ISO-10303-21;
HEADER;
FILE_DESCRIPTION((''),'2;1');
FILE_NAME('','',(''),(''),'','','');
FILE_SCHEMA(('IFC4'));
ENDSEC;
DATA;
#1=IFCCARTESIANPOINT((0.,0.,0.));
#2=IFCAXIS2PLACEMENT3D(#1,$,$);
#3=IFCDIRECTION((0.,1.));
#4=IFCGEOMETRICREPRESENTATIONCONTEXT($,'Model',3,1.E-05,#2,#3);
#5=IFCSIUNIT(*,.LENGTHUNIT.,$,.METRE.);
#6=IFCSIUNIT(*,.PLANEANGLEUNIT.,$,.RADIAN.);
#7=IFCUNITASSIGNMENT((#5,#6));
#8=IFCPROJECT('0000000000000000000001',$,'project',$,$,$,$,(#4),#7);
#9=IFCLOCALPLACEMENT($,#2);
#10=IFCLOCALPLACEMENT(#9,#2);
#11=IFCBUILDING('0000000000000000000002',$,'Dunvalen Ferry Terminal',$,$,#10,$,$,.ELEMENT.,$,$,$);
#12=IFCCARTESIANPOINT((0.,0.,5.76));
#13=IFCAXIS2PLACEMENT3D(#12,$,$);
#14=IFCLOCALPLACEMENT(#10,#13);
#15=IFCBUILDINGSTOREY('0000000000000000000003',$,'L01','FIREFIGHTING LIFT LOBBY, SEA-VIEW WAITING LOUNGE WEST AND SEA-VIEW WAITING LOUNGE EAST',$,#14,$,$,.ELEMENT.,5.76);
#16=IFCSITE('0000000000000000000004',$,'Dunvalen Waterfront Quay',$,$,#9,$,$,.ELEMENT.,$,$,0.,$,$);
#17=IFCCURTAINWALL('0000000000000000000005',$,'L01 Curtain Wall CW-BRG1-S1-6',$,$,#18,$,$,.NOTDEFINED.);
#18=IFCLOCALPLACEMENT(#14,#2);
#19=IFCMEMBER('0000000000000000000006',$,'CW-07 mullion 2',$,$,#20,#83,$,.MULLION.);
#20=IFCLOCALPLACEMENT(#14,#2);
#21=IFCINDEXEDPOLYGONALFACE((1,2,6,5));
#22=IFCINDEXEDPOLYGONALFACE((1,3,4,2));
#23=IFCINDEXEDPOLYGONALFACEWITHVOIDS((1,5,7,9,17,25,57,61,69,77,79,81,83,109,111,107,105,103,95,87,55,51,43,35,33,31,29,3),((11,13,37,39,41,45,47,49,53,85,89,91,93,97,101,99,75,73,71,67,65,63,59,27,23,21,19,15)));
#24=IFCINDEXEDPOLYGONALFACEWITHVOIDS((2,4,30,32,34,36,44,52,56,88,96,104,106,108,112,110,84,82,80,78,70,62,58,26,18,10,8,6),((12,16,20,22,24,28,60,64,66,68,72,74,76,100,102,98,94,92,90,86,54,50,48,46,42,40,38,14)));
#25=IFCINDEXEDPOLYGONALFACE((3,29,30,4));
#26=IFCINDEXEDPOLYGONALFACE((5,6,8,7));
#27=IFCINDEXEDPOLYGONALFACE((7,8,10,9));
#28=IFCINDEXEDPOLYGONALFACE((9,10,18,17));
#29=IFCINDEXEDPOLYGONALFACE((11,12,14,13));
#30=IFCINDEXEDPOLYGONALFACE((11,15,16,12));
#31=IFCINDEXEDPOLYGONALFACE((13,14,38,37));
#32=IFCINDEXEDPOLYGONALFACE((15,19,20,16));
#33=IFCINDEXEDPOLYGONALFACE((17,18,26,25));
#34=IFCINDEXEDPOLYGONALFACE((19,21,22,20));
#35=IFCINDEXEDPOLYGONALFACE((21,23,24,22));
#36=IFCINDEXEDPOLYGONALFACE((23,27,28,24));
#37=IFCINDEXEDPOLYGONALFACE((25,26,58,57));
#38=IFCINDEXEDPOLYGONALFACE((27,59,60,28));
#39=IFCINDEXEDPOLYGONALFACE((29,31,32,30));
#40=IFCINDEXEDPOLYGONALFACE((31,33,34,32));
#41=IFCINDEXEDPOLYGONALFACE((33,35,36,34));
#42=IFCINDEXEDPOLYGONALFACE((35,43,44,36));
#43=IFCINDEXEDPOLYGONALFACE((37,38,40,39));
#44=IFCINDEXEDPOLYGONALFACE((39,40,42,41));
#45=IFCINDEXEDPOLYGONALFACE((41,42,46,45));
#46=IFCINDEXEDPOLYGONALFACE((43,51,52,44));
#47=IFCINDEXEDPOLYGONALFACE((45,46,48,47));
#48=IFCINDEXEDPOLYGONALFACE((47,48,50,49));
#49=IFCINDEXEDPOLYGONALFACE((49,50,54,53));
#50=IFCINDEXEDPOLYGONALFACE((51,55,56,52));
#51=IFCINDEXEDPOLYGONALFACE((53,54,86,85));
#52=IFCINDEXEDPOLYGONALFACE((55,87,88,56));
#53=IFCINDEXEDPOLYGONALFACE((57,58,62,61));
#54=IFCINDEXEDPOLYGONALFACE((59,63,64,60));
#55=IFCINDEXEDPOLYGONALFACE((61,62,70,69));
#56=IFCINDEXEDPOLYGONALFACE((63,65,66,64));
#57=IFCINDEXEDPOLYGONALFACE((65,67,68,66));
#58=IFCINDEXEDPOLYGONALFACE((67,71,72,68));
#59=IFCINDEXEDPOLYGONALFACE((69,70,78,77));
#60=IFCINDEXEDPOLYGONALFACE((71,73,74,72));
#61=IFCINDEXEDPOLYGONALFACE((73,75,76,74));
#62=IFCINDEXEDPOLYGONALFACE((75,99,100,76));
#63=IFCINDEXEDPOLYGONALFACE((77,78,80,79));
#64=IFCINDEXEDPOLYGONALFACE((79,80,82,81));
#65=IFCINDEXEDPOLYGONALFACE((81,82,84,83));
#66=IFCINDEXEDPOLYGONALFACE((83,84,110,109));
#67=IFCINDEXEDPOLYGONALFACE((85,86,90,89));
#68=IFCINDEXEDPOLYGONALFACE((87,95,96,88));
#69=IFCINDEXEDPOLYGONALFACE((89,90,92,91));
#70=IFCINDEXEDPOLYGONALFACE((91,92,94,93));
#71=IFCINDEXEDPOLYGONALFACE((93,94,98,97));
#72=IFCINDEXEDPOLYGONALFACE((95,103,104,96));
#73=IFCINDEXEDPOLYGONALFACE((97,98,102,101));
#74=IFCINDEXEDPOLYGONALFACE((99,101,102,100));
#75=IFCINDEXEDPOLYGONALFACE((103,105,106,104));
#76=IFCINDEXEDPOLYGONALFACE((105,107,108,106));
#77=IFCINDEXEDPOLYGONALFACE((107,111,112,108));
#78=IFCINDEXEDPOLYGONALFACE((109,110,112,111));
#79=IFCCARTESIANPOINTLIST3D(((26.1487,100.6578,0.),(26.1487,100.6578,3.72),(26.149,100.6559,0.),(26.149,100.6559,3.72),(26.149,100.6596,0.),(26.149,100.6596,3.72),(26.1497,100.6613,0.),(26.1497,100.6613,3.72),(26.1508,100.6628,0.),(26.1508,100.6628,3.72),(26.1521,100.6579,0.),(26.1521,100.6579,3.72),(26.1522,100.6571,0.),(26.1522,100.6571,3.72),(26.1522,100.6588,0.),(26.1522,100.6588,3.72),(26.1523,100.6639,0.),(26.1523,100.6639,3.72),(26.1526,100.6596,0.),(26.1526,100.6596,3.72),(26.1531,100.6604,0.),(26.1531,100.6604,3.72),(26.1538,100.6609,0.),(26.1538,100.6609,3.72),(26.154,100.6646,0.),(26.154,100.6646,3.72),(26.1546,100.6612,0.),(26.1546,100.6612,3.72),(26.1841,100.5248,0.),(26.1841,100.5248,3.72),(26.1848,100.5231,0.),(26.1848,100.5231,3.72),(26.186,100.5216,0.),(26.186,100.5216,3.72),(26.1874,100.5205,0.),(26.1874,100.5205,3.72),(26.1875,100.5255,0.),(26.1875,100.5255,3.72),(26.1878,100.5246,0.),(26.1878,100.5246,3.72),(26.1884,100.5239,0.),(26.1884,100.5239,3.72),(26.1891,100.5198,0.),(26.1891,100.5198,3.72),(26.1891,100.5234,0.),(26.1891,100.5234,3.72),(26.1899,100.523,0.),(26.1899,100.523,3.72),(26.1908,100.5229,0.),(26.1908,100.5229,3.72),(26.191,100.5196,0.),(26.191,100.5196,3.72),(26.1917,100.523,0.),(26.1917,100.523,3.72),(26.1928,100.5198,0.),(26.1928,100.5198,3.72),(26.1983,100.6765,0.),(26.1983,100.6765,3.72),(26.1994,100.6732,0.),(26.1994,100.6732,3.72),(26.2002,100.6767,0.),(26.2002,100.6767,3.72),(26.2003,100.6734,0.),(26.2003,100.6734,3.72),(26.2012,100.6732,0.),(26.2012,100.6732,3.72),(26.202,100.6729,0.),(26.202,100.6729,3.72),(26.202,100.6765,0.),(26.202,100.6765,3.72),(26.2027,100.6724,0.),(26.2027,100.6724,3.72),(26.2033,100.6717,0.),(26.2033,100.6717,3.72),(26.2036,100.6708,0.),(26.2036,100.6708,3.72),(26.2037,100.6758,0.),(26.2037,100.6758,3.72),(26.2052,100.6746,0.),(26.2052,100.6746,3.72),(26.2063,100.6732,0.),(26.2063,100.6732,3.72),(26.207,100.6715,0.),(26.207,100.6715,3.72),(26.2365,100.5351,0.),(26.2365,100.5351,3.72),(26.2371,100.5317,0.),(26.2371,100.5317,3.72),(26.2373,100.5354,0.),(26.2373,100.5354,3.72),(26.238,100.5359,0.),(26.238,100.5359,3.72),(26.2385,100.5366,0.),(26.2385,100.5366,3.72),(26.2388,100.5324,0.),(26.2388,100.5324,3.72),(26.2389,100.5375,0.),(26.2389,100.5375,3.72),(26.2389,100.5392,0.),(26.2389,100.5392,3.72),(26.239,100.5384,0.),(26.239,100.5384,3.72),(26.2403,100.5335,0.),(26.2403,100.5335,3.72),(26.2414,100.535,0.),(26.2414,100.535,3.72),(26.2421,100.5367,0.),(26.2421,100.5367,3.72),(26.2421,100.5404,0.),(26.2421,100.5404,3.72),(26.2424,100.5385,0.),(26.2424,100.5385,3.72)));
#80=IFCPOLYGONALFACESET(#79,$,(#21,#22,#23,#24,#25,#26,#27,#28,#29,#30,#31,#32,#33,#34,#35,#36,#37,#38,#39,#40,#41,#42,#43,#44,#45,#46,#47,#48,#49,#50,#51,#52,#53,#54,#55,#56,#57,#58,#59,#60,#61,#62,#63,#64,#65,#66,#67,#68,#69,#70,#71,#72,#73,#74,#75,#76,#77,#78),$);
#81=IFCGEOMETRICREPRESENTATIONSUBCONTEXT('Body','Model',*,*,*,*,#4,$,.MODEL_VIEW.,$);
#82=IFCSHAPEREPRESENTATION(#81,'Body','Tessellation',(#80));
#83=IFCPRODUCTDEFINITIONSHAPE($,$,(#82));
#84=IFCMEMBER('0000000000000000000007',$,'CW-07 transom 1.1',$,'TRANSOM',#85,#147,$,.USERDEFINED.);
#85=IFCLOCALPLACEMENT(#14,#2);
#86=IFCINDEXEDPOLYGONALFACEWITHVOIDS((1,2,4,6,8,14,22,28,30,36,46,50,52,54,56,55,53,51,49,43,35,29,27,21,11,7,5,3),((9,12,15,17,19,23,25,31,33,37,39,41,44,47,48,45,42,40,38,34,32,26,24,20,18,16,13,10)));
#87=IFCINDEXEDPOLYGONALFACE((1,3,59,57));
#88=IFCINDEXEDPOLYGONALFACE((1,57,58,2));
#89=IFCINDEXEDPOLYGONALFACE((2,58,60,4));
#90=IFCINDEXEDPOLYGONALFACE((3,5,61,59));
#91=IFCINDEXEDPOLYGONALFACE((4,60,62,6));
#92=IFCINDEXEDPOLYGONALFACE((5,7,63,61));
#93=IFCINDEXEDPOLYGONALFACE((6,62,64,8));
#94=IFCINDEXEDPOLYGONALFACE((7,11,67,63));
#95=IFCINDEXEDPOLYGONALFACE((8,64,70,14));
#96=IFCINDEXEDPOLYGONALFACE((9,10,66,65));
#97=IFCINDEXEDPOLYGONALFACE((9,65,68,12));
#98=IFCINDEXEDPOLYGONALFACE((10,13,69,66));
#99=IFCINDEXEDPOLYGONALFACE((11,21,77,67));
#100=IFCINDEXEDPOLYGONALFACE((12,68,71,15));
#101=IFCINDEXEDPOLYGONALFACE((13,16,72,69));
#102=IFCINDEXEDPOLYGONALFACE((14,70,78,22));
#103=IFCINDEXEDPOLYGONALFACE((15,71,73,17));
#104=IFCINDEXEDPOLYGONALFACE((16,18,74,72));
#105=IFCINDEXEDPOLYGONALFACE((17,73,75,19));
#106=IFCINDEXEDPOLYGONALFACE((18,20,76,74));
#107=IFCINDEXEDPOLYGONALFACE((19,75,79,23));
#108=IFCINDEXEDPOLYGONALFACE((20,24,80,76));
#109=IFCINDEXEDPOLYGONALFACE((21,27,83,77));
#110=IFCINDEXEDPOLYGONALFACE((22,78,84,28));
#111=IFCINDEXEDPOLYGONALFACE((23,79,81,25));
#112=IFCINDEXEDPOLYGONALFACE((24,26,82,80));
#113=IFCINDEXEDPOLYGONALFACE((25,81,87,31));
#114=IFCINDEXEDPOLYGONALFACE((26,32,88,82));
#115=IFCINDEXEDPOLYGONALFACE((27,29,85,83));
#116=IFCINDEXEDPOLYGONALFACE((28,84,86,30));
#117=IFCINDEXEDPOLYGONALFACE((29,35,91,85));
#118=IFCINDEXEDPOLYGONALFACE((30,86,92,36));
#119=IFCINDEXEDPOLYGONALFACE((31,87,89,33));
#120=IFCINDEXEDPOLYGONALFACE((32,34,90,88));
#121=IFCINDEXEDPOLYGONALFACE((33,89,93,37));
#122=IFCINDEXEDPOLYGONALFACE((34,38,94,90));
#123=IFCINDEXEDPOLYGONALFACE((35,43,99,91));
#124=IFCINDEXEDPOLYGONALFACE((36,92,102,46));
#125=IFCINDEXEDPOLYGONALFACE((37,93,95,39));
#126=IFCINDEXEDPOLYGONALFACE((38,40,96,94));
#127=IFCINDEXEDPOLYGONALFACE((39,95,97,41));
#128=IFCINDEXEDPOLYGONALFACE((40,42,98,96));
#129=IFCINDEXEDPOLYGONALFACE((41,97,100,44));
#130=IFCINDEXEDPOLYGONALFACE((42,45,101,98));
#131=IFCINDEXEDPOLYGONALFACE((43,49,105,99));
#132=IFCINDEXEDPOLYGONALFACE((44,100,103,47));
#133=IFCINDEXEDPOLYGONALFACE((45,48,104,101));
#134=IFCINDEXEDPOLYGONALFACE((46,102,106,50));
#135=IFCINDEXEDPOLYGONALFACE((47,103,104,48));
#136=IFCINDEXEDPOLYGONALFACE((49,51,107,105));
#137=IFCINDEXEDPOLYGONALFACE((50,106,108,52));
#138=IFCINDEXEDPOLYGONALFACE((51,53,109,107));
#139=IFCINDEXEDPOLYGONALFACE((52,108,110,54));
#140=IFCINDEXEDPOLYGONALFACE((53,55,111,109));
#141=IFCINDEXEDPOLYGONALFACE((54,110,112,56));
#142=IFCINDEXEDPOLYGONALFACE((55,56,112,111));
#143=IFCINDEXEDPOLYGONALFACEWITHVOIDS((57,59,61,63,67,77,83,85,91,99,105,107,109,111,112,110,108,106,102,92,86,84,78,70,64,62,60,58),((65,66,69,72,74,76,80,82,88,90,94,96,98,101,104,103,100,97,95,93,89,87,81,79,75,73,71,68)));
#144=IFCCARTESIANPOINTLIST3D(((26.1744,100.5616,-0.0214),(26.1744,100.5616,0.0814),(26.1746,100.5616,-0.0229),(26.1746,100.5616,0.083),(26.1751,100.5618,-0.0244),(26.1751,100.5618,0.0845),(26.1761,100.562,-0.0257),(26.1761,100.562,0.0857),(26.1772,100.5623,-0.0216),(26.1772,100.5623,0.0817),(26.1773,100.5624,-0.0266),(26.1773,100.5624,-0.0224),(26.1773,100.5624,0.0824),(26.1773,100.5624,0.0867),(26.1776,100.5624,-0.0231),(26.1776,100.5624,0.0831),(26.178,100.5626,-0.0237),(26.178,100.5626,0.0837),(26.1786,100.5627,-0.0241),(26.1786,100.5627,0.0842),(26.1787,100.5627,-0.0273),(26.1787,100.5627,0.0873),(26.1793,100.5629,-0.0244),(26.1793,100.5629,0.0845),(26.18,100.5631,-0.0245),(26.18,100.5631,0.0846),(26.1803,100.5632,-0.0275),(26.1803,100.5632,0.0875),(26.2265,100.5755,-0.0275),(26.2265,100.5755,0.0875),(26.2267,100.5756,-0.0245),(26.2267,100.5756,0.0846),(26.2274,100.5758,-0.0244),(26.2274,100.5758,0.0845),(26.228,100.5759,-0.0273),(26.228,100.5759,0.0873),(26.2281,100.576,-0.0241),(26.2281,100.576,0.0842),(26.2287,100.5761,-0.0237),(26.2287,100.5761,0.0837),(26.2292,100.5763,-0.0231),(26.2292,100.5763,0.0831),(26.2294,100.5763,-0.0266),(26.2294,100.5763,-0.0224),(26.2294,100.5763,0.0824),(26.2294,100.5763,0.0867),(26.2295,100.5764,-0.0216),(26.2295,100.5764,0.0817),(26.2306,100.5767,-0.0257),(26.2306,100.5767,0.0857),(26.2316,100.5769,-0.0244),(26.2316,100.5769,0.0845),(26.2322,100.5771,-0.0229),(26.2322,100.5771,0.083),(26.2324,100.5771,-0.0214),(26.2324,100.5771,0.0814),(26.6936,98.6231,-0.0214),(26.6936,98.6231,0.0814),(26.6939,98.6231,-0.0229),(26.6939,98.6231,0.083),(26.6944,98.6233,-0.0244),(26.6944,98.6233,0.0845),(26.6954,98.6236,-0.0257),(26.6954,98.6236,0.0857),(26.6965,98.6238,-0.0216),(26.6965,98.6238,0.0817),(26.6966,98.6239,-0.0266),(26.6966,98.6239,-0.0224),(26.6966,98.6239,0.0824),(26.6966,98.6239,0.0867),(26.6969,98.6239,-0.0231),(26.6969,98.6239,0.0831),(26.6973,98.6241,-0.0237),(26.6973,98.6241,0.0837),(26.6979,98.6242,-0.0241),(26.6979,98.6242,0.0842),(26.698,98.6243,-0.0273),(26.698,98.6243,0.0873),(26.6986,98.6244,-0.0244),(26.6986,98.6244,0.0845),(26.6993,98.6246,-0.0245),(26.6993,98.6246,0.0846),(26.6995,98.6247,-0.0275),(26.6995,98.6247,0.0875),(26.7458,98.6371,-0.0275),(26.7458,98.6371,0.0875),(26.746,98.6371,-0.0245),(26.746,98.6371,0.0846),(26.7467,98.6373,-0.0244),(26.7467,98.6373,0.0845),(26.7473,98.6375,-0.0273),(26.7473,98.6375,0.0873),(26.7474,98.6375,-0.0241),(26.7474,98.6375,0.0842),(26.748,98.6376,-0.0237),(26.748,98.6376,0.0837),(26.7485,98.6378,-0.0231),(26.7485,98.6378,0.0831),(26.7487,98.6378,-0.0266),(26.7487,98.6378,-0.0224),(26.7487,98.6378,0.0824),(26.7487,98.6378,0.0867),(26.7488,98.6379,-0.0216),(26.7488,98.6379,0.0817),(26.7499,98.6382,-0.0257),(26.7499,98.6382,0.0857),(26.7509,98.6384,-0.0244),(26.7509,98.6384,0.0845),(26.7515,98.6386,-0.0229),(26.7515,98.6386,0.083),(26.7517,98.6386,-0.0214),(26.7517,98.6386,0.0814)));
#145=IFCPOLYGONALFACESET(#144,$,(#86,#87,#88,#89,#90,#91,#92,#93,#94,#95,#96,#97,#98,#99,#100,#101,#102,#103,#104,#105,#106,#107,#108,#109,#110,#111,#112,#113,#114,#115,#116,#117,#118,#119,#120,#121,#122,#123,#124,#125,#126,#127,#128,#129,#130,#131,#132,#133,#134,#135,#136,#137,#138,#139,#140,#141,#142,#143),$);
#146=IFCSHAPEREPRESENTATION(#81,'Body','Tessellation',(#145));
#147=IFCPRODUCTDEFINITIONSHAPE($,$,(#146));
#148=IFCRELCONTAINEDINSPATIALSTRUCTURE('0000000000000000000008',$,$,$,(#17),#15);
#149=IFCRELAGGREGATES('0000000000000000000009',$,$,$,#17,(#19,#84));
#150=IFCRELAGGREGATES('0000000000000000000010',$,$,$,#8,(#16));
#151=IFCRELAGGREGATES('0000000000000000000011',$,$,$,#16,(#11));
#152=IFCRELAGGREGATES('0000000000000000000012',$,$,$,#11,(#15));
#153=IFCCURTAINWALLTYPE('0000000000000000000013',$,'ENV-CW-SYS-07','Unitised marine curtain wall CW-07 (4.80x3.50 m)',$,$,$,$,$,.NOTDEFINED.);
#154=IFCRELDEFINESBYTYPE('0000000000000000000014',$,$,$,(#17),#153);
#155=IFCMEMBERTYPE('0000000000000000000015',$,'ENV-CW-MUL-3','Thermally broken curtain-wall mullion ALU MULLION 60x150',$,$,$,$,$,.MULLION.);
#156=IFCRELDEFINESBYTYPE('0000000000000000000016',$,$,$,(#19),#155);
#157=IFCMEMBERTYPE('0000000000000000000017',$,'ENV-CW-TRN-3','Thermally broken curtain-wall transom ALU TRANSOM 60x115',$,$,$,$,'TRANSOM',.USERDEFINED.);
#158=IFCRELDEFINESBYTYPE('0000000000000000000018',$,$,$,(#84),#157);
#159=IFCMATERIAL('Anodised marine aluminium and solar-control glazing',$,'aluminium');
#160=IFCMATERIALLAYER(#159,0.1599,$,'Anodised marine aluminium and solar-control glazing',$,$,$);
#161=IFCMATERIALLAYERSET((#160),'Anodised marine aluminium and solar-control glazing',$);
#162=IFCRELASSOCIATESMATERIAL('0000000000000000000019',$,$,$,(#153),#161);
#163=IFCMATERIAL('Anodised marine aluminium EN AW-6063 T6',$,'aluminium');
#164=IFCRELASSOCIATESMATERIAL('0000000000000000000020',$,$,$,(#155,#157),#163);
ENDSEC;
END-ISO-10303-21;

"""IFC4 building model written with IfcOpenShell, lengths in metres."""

from ifc_helpers import new_model, si_unit, direction, frame, origin, origin_2d, place, context, subcontext, project, spatial, hollow_rectangle, extrude, material, layer, layer_set, material_profile, profile_set, type_object, element, aggregate, save


model = new_model("IFC4")

# Units and contexts
model_context = context("Model", 3, precision=1e-05, world=origin(), true_north=direction((0.0, 1.0)))
body_context = subcontext(model_context, "Body", "Model", "MODEL_VIEW")
ifc_project = project(units=[si_unit("LENGTHUNIT", "METRE"), si_unit("PLANEANGLEUNIT", "RADIAN")], contexts=[model_context])

# Site, building, storey
site_placement = place(None, origin())
site = spatial("IfcSite", under=ifc_project, at=site_placement, Name="Dunvalen Waterfront Quay", CompositionType="ELEMENT", RefElevation=0.0)
building_placement = place(site_placement, origin())
building = spatial("IfcBuilding", under=site, at=building_placement, Name="Dunvalen Ferry Terminal", CompositionType="ELEMENT")
storey_placement = place(building_placement, frame((0.0, 0.0, 5.76)))
storey = spatial("IfcBuildingStorey", under=building, at=storey_placement, Name="L01", Description="FIREFIGHTING LIFT LOBBY, SEA-VIEW WAITING LOUNGE WEST AND SEA-VIEW WAITING LOUNGE EAST", CompositionType="ELEMENT", Elevation=5.76)

# Curtain wall, members
ifc_material_1 = material(Name="Anodised marine aluminium and solar-control glazing", Category="aluminium")
ifc_layer_1 = layer(ifc_material_1, 0.1599, Name="Anodised marine aluminium and solar-control glazing")
ifc_layer_set_1 = layer_set([ifc_layer_1], Name="Anodised marine aluminium and solar-control glazing")
curtain_wall_type = type_object("IfcCurtainWallType", Name="ENV-CW-SYS-07", Description="Unitised marine curtain wall CW-07 (4.80x3.50 m)", PredefinedType="NOTDEFINED", material=ifc_layer_set_1)
curtain_wall_placement = place(storey_placement, origin())
curtain_wall = element("IfcCurtainWall", 1, at=curtain_wall_placement, inside=storey, type_object=curtain_wall_type, Name="L01 Curtain Wall CW-BRG1-S1-6", PredefinedType="NOTDEFINED")
ifc_material_2 = material(Name="Anodised marine aluminium EN AW-6063 T6", Category="aluminium")
ifc_material_profile_1 = material_profile(ifc_material_2, hollow_rectangle(XDim=0.0601, YDim=0.1499, WallThickness=0.0034, InnerFilletRadius=0.0034, OuterFilletRadius=0.0071, at=origin_2d()), Name="Anodised marine aluminium EN AW-6063 T6")
ifc_profile_set_1 = profile_set([ifc_material_profile_1], Name="Anodised marine aluminium EN AW-6063 T6")
member_type_1 = type_object("IfcMemberType", Name="ENV-CW-MUL-3", Description="Thermally broken curtain-wall mullion ALU MULLION 60x150", PredefinedType="MULLION", material=ifc_profile_set_1)
member_1_placement = place(storey_placement, frame((26.1956, 100.5981, 0.0), z_axis=(0.0, 0.0, 1.0), x_axis=(-0.965923, -0.25883, 0.0)))
member_1 = element("IfcMember", 2, at=member_1_placement, type_object=member_type_1, Name="CW-07 mullion 2", PredefinedType="MULLION", context=body_context, shape_type="SweptSolid", body=[
    extrude(hollow_rectangle(XDim=0.0601, YDim=0.1499, WallThickness=0.0034, InnerFilletRadius=0.0034, OuterFilletRadius=0.0071, at=origin_2d()), origin(), (0.0, 0.0, 1.0), 3.72),
])
ifc_material_profile_2 = material_profile(ifc_material_2, hollow_rectangle(XDim=0.0601, YDim=0.115, WallThickness=0.0029, InnerFilletRadius=0.0029, OuterFilletRadius=0.0061, at=origin_2d()), Name="Anodised marine aluminium EN AW-6063 T6")
ifc_profile_set_2 = profile_set([ifc_material_profile_2], Name="Anodised marine aluminium EN AW-6063 T6")
member_type_2 = type_object("IfcMemberType", Name="ENV-CW-TRN-3", Description="Thermally broken curtain-wall transom ALU TRANSOM 60x115", ElementType="TRANSOM", PredefinedType="USERDEFINED", material=ifc_profile_set_2)
member_2_placement = place(storey_placement, frame((26.7227, 98.6309, 0.03), z_axis=(-0.25876, 0.965942, 0.0), x_axis=(-0.965942, -0.25876, 0.0)))
member_2 = element("IfcMember", 3, at=member_2_placement, type_object=member_type_2, Name="CW-07 transom 1.1", ObjectType="TRANSOM", PredefinedType="USERDEFINED", context=body_context, shape_type="SweptSolid", body=[
    extrude(hollow_rectangle(XDim=0.0601, YDim=0.115, WallThickness=0.0029, InnerFilletRadius=0.0029, OuterFilletRadius=0.0061, at=origin_2d()), origin(), (0.0, 0.0, 1.0), 2.0068),
])

aggregate(curtain_wall, [member_1, member_2])

save(model, "model.ifc")
